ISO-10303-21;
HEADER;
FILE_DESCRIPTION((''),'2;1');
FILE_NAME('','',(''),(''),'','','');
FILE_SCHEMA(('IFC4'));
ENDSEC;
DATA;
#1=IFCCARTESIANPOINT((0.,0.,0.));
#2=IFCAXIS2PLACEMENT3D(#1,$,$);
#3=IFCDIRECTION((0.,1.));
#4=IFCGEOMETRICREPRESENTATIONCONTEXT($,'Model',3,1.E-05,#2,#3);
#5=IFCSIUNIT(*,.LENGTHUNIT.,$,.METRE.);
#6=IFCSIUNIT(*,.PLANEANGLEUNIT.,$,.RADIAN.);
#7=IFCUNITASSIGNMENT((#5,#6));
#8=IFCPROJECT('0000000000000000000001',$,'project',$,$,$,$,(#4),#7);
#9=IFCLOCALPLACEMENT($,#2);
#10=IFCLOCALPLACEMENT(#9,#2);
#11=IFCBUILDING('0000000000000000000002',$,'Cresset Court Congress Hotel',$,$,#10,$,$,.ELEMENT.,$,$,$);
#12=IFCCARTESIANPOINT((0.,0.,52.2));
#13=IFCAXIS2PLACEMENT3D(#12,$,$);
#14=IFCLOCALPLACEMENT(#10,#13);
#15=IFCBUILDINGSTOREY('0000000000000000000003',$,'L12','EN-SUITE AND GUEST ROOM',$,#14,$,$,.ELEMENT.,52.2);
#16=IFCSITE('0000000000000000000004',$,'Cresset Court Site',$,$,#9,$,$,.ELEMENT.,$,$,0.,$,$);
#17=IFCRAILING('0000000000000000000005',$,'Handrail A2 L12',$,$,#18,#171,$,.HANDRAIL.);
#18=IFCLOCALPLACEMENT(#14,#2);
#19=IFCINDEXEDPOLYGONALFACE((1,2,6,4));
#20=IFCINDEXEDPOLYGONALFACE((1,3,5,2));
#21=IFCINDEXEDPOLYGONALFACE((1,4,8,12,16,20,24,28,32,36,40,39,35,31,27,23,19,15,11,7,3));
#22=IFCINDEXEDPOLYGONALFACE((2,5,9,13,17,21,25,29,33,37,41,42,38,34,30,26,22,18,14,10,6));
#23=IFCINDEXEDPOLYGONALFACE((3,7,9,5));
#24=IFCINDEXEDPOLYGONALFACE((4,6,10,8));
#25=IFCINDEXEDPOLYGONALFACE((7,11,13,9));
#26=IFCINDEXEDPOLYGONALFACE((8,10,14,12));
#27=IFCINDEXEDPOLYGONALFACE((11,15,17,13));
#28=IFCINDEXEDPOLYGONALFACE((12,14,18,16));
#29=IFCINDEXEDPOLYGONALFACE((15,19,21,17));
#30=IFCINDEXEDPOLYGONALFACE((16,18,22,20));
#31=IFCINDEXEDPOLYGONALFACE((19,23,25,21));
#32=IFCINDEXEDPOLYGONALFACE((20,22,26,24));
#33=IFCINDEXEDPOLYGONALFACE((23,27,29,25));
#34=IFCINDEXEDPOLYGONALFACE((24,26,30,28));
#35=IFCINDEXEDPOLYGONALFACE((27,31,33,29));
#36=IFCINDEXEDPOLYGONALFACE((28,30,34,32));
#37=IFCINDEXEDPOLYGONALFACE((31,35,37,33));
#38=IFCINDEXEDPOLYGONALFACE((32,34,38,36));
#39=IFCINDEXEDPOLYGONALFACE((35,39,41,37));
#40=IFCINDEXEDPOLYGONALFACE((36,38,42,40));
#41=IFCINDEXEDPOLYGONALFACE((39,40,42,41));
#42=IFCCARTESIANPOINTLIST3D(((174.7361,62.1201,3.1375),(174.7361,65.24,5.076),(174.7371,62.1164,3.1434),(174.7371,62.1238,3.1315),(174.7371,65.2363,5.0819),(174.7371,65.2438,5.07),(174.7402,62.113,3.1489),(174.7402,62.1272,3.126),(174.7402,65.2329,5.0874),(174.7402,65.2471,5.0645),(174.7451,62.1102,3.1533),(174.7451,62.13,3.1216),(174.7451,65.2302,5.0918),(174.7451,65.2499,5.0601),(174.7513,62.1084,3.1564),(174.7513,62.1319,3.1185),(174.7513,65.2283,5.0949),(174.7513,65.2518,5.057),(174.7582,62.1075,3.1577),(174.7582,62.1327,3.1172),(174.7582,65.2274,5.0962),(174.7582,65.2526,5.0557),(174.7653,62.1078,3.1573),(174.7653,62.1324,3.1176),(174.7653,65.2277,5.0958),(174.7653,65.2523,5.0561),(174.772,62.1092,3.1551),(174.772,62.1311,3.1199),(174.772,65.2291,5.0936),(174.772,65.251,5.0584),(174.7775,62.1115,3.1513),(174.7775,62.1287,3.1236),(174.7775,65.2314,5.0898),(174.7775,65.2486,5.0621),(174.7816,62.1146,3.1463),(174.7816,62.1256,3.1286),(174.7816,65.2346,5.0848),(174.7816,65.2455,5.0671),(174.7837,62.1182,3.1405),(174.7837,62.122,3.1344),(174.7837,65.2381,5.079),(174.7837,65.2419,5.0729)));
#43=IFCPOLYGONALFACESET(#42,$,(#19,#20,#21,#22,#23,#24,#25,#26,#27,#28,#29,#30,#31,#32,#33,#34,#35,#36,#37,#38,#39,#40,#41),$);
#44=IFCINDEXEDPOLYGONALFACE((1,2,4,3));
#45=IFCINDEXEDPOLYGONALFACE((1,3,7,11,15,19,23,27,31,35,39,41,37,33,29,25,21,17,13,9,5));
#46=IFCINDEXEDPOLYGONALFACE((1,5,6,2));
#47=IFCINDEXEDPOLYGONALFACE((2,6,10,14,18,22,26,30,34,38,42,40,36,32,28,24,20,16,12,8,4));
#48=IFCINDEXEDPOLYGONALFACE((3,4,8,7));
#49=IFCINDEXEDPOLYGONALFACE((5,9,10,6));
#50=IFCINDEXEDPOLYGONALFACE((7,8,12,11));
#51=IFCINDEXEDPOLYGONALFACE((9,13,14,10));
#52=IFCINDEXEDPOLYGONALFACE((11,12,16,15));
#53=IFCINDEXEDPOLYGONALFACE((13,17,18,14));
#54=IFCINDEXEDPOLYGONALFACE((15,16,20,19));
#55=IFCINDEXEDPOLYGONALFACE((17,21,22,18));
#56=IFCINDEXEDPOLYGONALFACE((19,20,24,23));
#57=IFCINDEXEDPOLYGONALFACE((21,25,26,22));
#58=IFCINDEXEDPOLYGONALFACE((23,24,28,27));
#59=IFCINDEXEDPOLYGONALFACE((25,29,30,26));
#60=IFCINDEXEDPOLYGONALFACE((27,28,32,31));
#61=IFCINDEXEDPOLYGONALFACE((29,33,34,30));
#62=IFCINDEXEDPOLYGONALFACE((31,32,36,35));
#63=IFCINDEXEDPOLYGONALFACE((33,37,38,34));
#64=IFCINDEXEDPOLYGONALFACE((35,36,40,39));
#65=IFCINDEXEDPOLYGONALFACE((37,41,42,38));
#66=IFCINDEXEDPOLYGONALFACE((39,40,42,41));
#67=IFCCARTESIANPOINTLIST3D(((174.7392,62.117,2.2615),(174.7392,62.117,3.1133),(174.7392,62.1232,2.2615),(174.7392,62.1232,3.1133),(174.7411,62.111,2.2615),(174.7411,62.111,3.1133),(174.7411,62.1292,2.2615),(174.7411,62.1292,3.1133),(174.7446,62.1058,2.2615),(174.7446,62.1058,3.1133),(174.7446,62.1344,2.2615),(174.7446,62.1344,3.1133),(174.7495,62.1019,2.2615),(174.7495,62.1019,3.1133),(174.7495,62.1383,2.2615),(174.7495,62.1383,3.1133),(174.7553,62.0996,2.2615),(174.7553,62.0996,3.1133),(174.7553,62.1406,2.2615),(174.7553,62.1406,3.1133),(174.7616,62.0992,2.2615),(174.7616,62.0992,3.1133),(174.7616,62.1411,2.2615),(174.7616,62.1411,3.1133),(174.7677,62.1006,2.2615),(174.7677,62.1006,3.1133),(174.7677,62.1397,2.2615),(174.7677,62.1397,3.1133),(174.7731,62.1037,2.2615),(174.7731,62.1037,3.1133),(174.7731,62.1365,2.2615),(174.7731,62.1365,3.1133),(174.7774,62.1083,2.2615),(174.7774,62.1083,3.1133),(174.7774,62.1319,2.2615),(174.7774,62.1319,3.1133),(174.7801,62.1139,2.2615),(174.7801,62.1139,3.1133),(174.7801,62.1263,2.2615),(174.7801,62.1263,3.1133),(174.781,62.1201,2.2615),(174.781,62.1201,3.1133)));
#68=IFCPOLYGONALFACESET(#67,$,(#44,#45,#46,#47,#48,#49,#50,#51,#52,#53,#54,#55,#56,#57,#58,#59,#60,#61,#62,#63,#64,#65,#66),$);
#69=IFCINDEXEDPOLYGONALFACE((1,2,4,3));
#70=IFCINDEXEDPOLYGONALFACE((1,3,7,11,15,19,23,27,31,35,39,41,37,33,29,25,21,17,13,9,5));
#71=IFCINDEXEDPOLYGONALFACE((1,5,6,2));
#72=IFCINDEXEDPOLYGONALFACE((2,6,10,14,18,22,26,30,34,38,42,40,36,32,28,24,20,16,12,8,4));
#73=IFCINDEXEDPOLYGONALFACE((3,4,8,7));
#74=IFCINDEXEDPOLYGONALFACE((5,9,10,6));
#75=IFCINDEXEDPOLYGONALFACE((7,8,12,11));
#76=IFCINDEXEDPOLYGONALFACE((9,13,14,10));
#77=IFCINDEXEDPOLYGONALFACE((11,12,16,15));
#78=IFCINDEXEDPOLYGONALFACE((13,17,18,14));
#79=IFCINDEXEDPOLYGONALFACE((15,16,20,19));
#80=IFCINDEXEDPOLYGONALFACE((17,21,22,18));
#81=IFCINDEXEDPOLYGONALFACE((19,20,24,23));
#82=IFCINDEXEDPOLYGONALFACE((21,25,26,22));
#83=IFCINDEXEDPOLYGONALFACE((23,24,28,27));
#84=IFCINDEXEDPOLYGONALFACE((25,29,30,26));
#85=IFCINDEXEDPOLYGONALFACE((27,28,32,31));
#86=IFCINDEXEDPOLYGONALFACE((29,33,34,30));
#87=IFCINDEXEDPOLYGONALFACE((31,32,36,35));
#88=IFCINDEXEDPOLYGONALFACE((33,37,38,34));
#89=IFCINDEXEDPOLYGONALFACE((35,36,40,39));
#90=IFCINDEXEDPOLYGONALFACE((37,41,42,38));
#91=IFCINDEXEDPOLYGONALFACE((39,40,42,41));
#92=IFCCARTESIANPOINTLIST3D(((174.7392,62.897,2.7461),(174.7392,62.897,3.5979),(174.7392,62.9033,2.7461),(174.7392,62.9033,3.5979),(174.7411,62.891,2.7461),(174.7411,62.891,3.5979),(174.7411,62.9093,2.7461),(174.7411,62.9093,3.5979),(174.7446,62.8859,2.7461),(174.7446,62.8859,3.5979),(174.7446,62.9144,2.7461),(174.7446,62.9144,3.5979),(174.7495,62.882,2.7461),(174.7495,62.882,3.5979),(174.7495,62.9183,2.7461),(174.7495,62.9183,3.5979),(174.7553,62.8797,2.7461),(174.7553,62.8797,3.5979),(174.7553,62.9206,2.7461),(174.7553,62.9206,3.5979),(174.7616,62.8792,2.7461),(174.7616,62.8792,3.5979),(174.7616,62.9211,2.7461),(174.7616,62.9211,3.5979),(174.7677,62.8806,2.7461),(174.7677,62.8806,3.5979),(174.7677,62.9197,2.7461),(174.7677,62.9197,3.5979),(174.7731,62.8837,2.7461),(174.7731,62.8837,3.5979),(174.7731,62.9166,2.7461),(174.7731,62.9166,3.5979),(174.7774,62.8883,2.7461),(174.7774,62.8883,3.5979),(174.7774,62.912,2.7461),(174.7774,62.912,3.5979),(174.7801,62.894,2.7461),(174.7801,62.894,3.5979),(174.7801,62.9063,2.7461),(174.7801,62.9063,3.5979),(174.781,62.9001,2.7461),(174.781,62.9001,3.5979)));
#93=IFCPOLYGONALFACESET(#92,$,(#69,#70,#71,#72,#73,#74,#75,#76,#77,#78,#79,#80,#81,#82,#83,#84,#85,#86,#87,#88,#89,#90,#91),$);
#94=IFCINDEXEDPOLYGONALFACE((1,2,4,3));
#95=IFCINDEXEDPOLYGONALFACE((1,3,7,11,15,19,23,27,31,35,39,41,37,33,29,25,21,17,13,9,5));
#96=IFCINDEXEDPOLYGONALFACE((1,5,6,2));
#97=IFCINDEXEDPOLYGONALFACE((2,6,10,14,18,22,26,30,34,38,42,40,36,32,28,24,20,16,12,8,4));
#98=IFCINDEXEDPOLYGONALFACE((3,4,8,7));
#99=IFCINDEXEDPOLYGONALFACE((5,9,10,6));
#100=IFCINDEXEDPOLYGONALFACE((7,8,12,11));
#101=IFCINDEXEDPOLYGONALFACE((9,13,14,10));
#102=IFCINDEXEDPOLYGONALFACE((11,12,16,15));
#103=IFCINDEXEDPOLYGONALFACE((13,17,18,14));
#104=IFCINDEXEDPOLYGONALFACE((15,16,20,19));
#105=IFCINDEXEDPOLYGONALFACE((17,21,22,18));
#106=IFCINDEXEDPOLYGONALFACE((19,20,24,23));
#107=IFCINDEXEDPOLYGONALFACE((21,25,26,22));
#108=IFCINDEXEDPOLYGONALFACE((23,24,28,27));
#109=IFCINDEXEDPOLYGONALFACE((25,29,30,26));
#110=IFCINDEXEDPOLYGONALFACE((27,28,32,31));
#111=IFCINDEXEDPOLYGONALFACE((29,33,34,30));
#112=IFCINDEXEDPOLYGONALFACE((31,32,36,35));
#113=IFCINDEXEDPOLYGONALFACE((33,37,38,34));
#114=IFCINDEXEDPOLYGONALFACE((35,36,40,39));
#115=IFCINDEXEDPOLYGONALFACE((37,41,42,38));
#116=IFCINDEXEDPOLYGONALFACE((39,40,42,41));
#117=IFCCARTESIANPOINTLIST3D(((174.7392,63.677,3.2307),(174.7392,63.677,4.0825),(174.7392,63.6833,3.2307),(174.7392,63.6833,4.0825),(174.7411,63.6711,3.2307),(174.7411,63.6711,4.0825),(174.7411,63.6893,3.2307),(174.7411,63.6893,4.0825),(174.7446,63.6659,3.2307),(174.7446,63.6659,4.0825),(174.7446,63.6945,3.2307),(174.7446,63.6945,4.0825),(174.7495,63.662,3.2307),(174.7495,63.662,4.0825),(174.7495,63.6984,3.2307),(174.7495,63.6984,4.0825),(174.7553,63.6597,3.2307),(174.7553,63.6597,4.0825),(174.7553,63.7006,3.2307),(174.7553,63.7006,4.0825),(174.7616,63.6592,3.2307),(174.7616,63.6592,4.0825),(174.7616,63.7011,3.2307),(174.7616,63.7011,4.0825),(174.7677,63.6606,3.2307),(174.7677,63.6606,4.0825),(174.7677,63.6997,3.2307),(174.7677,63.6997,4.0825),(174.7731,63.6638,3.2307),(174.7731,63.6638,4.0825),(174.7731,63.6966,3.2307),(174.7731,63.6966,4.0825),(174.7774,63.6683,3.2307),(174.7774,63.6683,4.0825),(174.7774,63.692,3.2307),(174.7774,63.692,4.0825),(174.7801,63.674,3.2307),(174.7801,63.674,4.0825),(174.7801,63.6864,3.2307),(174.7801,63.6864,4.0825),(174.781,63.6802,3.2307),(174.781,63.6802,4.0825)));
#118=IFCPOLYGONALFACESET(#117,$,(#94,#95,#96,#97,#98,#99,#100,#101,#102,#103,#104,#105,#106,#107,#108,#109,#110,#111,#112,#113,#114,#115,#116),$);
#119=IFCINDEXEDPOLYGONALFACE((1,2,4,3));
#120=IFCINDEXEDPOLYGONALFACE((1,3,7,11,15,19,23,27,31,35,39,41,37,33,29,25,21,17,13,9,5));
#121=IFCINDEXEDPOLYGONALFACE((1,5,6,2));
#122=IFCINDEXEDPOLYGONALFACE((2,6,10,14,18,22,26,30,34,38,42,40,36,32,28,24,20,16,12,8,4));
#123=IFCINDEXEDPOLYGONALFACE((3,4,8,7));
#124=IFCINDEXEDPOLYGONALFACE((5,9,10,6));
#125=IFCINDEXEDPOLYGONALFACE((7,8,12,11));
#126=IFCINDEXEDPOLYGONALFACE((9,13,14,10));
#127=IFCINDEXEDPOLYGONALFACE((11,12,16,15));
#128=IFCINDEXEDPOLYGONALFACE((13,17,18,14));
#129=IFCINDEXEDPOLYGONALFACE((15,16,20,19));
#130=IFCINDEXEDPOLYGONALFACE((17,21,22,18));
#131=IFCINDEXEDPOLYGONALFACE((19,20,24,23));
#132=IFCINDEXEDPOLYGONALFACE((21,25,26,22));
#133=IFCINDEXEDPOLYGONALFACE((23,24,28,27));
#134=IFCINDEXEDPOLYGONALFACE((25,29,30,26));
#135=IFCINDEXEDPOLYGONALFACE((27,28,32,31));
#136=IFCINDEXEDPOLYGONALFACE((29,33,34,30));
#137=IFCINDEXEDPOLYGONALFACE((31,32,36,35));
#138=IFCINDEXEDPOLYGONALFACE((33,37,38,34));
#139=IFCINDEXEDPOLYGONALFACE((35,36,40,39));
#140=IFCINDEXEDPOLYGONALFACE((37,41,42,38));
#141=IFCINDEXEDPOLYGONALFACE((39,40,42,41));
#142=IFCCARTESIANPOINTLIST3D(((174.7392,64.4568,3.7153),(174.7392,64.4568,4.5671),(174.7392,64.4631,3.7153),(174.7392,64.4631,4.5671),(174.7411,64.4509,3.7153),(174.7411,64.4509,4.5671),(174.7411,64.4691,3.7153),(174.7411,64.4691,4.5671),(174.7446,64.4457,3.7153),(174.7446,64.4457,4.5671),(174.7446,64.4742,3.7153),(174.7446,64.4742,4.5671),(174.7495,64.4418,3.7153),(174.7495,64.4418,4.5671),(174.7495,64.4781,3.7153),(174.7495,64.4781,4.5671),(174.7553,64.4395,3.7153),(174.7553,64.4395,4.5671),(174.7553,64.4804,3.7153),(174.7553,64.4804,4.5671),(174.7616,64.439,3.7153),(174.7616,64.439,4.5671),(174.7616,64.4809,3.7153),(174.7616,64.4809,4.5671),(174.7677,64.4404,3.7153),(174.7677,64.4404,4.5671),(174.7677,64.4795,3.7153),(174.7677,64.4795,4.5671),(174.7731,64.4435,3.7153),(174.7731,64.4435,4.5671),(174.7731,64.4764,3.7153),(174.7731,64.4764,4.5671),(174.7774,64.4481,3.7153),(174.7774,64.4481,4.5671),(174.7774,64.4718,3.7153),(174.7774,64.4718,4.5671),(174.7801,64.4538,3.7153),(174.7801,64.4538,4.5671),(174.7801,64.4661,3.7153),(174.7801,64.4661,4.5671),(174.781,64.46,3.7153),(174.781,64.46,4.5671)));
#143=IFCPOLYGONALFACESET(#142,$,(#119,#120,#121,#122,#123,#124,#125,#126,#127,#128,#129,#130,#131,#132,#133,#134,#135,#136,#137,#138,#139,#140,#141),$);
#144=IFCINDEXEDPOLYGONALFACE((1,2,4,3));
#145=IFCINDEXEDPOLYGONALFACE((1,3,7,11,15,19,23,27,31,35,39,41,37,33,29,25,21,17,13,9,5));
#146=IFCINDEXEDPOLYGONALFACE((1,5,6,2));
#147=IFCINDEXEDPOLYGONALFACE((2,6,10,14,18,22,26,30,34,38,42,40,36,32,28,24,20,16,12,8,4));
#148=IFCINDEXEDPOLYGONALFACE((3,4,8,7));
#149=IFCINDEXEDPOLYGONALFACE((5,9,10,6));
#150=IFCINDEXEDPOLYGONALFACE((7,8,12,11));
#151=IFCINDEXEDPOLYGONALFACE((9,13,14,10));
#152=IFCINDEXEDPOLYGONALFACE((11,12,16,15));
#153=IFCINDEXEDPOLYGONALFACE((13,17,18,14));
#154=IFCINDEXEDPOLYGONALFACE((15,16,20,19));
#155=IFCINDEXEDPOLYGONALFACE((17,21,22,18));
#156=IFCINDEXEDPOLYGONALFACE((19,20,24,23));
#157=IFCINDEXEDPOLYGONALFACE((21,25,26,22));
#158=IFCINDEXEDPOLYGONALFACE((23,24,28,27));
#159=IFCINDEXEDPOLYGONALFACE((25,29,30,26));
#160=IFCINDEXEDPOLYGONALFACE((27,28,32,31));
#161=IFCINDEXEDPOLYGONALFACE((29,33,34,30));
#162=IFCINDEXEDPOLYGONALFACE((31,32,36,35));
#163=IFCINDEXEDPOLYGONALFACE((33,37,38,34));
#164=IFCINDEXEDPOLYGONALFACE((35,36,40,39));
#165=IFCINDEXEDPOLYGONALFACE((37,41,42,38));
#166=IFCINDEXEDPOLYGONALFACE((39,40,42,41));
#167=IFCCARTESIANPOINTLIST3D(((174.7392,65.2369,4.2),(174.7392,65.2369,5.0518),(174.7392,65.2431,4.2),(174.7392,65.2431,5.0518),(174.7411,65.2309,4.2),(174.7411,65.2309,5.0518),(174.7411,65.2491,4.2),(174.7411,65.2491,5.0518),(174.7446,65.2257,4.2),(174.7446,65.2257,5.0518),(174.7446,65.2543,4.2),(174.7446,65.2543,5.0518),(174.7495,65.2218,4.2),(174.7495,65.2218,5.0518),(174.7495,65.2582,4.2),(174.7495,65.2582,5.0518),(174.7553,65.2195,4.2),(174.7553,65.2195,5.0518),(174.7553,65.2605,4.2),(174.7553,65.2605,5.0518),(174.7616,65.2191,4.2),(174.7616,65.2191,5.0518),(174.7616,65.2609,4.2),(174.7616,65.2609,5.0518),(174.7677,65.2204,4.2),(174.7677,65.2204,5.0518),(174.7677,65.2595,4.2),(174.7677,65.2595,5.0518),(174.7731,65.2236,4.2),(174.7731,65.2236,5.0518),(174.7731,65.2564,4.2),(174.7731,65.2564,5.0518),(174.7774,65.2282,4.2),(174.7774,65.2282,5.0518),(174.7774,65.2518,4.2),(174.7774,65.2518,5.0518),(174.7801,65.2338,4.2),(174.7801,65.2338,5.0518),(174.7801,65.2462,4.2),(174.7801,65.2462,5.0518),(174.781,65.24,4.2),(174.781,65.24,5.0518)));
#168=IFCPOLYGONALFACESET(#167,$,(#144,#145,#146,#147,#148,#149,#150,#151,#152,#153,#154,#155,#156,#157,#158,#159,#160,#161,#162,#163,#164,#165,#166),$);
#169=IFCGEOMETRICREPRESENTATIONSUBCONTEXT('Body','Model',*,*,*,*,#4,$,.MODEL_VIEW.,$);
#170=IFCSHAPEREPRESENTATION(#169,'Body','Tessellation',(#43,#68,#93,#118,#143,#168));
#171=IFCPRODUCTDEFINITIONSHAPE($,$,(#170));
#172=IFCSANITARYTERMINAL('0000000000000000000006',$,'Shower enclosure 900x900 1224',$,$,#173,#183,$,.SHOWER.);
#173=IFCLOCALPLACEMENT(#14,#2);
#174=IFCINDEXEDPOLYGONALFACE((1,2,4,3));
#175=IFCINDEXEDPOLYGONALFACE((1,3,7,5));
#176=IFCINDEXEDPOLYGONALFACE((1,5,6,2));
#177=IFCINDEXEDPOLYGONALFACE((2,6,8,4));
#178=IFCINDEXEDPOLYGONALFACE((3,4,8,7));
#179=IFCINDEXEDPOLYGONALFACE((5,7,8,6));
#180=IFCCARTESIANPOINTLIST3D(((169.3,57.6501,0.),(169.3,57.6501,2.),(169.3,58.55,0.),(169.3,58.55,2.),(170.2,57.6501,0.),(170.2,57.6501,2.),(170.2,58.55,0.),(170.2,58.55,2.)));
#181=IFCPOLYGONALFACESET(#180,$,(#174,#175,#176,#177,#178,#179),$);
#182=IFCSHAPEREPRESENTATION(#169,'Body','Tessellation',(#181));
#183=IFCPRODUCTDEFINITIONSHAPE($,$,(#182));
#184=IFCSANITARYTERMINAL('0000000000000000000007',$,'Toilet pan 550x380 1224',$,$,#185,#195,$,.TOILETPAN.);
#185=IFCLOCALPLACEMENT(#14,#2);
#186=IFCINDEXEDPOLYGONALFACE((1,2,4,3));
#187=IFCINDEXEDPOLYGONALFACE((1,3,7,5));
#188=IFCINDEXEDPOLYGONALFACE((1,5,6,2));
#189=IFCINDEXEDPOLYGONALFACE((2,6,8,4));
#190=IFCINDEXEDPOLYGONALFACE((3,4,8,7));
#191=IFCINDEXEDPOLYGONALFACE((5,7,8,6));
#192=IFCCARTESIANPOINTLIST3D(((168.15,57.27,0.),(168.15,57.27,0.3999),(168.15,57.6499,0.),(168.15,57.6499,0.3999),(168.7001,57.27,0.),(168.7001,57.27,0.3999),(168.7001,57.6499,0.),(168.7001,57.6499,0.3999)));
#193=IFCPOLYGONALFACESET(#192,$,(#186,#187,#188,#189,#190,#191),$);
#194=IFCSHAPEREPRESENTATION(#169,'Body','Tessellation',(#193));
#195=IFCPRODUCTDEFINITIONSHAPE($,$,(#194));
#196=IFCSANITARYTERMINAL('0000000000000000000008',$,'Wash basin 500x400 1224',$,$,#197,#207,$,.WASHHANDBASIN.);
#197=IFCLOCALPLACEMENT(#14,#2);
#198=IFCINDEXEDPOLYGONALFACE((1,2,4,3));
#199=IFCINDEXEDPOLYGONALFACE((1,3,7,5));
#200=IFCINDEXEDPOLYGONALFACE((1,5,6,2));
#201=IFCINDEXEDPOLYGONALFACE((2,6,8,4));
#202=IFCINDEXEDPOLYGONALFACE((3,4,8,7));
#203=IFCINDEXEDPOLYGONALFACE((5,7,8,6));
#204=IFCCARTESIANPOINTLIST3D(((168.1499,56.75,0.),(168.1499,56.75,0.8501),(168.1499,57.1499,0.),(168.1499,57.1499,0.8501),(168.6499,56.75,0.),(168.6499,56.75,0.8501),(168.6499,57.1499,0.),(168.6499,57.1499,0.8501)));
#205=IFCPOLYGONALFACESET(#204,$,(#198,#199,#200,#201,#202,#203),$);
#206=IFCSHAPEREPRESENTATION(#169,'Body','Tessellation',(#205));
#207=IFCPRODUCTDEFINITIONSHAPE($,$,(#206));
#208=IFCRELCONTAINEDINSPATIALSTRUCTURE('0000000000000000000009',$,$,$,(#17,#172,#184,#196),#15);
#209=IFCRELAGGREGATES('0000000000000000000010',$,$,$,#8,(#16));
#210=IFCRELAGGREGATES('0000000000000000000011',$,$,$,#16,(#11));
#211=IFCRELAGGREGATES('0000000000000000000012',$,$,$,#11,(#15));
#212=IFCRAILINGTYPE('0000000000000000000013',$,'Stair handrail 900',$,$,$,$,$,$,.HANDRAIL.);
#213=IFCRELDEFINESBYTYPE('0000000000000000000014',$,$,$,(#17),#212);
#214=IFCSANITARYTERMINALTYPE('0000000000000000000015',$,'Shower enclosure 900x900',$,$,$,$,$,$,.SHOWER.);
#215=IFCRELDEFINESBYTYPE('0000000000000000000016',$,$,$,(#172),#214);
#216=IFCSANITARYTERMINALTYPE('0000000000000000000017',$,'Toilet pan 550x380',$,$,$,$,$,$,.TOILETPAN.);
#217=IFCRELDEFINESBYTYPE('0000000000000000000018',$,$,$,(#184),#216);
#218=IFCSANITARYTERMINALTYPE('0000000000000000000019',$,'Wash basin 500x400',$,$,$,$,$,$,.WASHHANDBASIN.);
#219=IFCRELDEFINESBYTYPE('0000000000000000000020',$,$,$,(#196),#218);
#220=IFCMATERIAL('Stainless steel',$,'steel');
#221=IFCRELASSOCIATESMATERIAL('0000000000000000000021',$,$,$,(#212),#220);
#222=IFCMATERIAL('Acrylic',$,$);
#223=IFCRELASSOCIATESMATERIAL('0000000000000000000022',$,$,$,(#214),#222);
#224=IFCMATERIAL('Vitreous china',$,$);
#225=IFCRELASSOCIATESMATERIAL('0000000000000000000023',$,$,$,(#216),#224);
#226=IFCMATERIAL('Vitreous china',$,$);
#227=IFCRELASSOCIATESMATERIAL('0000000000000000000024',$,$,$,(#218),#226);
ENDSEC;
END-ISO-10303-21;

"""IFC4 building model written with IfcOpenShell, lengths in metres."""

from ifc_helpers import new_model, si_unit, direction, frame, origin, origin_2d, place, context, subcontext, project, spatial, rectangle, circle, extrude, material, type_object, element, save


model = new_model("IFC4")

# Units and contexts
model_context = context("Model", 3, precision=1e-05, world=origin(), true_north=direction((0.0, 1.0)))
body_context = subcontext(model_context, "Body", "Model", "MODEL_VIEW")
ifc_project = project(units=[si_unit("LENGTHUNIT", "METRE"), si_unit("PLANEANGLEUNIT", "RADIAN")], contexts=[model_context])

# Site, building, storey
site_placement = place(None, origin())
site = spatial("IfcSite", under=ifc_project, at=site_placement, Name="Cresset Court Site", CompositionType="ELEMENT", RefElevation=0.0)
building_placement = place(site_placement, origin())
building = spatial("IfcBuilding", under=site, at=building_placement, Name="Cresset Court Congress Hotel", CompositionType="ELEMENT")
storey_placement = place(building_placement, frame((0.0, 0.0, 52.2)))
storey = spatial("IfcBuildingStorey", under=building, at=storey_placement, Name="L12", Description="EN-SUITE AND GUEST ROOM", CompositionType="ELEMENT", Elevation=52.2)

# Railing
ifc_material_1 = material(Name="Stainless steel", Category="steel")
railing_type_1 = type_object("IfcRailingType", Name="Stair handrail 900", PredefinedType="HANDRAIL", material=ifc_material_1)
railing_1_placement = place(storey_placement, frame((174.76, 62.1201, 2.2615)))
element("IfcRailing", 1, at=railing_1_placement, inside=storey, type_object=railing_type_1, Name="Handrail A2 L12", PredefinedType="HANDRAIL", context=body_context, shape_type="SweptSolid", body=[
    extrude(circle(Radius=0.0239, at=origin_2d()), frame((0.0, 0.0, 0.876), z_axis=(0.0, 0.849396, 0.527757), x_axis=(-1.0, 0.0, 0.0)), (0.0, 0.0, 1.0), 3.6731),
    extrude(circle(Radius=0.021, at=origin_2d()), origin(), (0.0, 0.0, 1.0), 0.8518),
    extrude(circle(Radius=0.021, at=origin_2d()), frame((0.0, 0.78, 0.4846)), (0.0, 0.0, 1.0), 0.8518),
    extrude(circle(Radius=0.021, at=origin_2d()), frame((0.0, 1.5601, 0.9692)), (0.0, 0.0, 1.0), 0.8518),
    extrude(circle(Radius=0.021, at=origin_2d()), frame((0.0, 2.3398, 1.4539)), (0.0, 0.0, 1.0), 0.8518),
    extrude(circle(Radius=0.021, at=origin_2d()), frame((0.0, 3.1199, 1.9385)), (0.0, 0.0, 1.0), 0.8518),
])

# Sanitary terminals
ifc_material_2 = material(Name="Acrylic")
sanitary_terminal_type_1 = type_object("IfcSanitaryTerminalType", Name="Shower enclosure 900x900", PredefinedType="SHOWER", material=ifc_material_2)
sanitary_terminal_1_placement = place(storey_placement, frame((169.75, 58.1001, 0.0), z_axis=(0.0, 0.0, 1.0), x_axis=(1.0, 0.0, 0.0)))
element("IfcSanitaryTerminal", 2, at=sanitary_terminal_1_placement, inside=storey, type_object=sanitary_terminal_type_1, Name="Shower enclosure 900x900 1224", PredefinedType="SHOWER", context=body_context, shape_type="SweptSolid", body=[
    extrude(rectangle(XDim=0.8999, YDim=0.8999, at=origin_2d()), origin(), (0.0, 0.0, 1.0), 2.0),
])
ifc_material_3 = material(Name="Vitreous china")
sanitary_terminal_type_2 = type_object("IfcSanitaryTerminalType", Name="Toilet pan 550x380", PredefinedType="TOILETPAN", material=ifc_material_3)
sanitary_terminal_2_placement = place(storey_placement, frame((168.425, 57.46, 0.0), z_axis=(0.0, 0.0, 1.0), x_axis=(1.0, 0.0, 0.0)))
element("IfcSanitaryTerminal", 3, at=sanitary_terminal_2_placement, inside=storey, type_object=sanitary_terminal_type_2, Name="Toilet pan 550x380 1224", PredefinedType="TOILETPAN", context=body_context, shape_type="SweptSolid", body=[
    extrude(rectangle(XDim=0.55, YDim=0.3799, at=origin_2d()), origin(), (0.0, 0.0, 1.0), 0.3999),
])
ifc_material_4 = material(Name="Vitreous china")
sanitary_terminal_type_3 = type_object("IfcSanitaryTerminalType", Name="Wash basin 500x400", PredefinedType="WASHHANDBASIN", material=ifc_material_4)
sanitary_terminal_3_placement = place(storey_placement, frame((168.3999, 56.95, 0.0), z_axis=(0.0, 0.0, 1.0), x_axis=(1.0, 0.0, 0.0)))
element("IfcSanitaryTerminal", 4, at=sanitary_terminal_3_placement, inside=storey, type_object=sanitary_terminal_type_3, Name="Wash basin 500x400 1224", PredefinedType="WASHHANDBASIN", context=body_context, shape_type="SweptSolid", body=[
    extrude(rectangle(XDim=0.5, YDim=0.3999, at=origin_2d()), origin(), (0.0, 0.0, 1.0), 0.8501),
])

save(model, "model.ifc")
